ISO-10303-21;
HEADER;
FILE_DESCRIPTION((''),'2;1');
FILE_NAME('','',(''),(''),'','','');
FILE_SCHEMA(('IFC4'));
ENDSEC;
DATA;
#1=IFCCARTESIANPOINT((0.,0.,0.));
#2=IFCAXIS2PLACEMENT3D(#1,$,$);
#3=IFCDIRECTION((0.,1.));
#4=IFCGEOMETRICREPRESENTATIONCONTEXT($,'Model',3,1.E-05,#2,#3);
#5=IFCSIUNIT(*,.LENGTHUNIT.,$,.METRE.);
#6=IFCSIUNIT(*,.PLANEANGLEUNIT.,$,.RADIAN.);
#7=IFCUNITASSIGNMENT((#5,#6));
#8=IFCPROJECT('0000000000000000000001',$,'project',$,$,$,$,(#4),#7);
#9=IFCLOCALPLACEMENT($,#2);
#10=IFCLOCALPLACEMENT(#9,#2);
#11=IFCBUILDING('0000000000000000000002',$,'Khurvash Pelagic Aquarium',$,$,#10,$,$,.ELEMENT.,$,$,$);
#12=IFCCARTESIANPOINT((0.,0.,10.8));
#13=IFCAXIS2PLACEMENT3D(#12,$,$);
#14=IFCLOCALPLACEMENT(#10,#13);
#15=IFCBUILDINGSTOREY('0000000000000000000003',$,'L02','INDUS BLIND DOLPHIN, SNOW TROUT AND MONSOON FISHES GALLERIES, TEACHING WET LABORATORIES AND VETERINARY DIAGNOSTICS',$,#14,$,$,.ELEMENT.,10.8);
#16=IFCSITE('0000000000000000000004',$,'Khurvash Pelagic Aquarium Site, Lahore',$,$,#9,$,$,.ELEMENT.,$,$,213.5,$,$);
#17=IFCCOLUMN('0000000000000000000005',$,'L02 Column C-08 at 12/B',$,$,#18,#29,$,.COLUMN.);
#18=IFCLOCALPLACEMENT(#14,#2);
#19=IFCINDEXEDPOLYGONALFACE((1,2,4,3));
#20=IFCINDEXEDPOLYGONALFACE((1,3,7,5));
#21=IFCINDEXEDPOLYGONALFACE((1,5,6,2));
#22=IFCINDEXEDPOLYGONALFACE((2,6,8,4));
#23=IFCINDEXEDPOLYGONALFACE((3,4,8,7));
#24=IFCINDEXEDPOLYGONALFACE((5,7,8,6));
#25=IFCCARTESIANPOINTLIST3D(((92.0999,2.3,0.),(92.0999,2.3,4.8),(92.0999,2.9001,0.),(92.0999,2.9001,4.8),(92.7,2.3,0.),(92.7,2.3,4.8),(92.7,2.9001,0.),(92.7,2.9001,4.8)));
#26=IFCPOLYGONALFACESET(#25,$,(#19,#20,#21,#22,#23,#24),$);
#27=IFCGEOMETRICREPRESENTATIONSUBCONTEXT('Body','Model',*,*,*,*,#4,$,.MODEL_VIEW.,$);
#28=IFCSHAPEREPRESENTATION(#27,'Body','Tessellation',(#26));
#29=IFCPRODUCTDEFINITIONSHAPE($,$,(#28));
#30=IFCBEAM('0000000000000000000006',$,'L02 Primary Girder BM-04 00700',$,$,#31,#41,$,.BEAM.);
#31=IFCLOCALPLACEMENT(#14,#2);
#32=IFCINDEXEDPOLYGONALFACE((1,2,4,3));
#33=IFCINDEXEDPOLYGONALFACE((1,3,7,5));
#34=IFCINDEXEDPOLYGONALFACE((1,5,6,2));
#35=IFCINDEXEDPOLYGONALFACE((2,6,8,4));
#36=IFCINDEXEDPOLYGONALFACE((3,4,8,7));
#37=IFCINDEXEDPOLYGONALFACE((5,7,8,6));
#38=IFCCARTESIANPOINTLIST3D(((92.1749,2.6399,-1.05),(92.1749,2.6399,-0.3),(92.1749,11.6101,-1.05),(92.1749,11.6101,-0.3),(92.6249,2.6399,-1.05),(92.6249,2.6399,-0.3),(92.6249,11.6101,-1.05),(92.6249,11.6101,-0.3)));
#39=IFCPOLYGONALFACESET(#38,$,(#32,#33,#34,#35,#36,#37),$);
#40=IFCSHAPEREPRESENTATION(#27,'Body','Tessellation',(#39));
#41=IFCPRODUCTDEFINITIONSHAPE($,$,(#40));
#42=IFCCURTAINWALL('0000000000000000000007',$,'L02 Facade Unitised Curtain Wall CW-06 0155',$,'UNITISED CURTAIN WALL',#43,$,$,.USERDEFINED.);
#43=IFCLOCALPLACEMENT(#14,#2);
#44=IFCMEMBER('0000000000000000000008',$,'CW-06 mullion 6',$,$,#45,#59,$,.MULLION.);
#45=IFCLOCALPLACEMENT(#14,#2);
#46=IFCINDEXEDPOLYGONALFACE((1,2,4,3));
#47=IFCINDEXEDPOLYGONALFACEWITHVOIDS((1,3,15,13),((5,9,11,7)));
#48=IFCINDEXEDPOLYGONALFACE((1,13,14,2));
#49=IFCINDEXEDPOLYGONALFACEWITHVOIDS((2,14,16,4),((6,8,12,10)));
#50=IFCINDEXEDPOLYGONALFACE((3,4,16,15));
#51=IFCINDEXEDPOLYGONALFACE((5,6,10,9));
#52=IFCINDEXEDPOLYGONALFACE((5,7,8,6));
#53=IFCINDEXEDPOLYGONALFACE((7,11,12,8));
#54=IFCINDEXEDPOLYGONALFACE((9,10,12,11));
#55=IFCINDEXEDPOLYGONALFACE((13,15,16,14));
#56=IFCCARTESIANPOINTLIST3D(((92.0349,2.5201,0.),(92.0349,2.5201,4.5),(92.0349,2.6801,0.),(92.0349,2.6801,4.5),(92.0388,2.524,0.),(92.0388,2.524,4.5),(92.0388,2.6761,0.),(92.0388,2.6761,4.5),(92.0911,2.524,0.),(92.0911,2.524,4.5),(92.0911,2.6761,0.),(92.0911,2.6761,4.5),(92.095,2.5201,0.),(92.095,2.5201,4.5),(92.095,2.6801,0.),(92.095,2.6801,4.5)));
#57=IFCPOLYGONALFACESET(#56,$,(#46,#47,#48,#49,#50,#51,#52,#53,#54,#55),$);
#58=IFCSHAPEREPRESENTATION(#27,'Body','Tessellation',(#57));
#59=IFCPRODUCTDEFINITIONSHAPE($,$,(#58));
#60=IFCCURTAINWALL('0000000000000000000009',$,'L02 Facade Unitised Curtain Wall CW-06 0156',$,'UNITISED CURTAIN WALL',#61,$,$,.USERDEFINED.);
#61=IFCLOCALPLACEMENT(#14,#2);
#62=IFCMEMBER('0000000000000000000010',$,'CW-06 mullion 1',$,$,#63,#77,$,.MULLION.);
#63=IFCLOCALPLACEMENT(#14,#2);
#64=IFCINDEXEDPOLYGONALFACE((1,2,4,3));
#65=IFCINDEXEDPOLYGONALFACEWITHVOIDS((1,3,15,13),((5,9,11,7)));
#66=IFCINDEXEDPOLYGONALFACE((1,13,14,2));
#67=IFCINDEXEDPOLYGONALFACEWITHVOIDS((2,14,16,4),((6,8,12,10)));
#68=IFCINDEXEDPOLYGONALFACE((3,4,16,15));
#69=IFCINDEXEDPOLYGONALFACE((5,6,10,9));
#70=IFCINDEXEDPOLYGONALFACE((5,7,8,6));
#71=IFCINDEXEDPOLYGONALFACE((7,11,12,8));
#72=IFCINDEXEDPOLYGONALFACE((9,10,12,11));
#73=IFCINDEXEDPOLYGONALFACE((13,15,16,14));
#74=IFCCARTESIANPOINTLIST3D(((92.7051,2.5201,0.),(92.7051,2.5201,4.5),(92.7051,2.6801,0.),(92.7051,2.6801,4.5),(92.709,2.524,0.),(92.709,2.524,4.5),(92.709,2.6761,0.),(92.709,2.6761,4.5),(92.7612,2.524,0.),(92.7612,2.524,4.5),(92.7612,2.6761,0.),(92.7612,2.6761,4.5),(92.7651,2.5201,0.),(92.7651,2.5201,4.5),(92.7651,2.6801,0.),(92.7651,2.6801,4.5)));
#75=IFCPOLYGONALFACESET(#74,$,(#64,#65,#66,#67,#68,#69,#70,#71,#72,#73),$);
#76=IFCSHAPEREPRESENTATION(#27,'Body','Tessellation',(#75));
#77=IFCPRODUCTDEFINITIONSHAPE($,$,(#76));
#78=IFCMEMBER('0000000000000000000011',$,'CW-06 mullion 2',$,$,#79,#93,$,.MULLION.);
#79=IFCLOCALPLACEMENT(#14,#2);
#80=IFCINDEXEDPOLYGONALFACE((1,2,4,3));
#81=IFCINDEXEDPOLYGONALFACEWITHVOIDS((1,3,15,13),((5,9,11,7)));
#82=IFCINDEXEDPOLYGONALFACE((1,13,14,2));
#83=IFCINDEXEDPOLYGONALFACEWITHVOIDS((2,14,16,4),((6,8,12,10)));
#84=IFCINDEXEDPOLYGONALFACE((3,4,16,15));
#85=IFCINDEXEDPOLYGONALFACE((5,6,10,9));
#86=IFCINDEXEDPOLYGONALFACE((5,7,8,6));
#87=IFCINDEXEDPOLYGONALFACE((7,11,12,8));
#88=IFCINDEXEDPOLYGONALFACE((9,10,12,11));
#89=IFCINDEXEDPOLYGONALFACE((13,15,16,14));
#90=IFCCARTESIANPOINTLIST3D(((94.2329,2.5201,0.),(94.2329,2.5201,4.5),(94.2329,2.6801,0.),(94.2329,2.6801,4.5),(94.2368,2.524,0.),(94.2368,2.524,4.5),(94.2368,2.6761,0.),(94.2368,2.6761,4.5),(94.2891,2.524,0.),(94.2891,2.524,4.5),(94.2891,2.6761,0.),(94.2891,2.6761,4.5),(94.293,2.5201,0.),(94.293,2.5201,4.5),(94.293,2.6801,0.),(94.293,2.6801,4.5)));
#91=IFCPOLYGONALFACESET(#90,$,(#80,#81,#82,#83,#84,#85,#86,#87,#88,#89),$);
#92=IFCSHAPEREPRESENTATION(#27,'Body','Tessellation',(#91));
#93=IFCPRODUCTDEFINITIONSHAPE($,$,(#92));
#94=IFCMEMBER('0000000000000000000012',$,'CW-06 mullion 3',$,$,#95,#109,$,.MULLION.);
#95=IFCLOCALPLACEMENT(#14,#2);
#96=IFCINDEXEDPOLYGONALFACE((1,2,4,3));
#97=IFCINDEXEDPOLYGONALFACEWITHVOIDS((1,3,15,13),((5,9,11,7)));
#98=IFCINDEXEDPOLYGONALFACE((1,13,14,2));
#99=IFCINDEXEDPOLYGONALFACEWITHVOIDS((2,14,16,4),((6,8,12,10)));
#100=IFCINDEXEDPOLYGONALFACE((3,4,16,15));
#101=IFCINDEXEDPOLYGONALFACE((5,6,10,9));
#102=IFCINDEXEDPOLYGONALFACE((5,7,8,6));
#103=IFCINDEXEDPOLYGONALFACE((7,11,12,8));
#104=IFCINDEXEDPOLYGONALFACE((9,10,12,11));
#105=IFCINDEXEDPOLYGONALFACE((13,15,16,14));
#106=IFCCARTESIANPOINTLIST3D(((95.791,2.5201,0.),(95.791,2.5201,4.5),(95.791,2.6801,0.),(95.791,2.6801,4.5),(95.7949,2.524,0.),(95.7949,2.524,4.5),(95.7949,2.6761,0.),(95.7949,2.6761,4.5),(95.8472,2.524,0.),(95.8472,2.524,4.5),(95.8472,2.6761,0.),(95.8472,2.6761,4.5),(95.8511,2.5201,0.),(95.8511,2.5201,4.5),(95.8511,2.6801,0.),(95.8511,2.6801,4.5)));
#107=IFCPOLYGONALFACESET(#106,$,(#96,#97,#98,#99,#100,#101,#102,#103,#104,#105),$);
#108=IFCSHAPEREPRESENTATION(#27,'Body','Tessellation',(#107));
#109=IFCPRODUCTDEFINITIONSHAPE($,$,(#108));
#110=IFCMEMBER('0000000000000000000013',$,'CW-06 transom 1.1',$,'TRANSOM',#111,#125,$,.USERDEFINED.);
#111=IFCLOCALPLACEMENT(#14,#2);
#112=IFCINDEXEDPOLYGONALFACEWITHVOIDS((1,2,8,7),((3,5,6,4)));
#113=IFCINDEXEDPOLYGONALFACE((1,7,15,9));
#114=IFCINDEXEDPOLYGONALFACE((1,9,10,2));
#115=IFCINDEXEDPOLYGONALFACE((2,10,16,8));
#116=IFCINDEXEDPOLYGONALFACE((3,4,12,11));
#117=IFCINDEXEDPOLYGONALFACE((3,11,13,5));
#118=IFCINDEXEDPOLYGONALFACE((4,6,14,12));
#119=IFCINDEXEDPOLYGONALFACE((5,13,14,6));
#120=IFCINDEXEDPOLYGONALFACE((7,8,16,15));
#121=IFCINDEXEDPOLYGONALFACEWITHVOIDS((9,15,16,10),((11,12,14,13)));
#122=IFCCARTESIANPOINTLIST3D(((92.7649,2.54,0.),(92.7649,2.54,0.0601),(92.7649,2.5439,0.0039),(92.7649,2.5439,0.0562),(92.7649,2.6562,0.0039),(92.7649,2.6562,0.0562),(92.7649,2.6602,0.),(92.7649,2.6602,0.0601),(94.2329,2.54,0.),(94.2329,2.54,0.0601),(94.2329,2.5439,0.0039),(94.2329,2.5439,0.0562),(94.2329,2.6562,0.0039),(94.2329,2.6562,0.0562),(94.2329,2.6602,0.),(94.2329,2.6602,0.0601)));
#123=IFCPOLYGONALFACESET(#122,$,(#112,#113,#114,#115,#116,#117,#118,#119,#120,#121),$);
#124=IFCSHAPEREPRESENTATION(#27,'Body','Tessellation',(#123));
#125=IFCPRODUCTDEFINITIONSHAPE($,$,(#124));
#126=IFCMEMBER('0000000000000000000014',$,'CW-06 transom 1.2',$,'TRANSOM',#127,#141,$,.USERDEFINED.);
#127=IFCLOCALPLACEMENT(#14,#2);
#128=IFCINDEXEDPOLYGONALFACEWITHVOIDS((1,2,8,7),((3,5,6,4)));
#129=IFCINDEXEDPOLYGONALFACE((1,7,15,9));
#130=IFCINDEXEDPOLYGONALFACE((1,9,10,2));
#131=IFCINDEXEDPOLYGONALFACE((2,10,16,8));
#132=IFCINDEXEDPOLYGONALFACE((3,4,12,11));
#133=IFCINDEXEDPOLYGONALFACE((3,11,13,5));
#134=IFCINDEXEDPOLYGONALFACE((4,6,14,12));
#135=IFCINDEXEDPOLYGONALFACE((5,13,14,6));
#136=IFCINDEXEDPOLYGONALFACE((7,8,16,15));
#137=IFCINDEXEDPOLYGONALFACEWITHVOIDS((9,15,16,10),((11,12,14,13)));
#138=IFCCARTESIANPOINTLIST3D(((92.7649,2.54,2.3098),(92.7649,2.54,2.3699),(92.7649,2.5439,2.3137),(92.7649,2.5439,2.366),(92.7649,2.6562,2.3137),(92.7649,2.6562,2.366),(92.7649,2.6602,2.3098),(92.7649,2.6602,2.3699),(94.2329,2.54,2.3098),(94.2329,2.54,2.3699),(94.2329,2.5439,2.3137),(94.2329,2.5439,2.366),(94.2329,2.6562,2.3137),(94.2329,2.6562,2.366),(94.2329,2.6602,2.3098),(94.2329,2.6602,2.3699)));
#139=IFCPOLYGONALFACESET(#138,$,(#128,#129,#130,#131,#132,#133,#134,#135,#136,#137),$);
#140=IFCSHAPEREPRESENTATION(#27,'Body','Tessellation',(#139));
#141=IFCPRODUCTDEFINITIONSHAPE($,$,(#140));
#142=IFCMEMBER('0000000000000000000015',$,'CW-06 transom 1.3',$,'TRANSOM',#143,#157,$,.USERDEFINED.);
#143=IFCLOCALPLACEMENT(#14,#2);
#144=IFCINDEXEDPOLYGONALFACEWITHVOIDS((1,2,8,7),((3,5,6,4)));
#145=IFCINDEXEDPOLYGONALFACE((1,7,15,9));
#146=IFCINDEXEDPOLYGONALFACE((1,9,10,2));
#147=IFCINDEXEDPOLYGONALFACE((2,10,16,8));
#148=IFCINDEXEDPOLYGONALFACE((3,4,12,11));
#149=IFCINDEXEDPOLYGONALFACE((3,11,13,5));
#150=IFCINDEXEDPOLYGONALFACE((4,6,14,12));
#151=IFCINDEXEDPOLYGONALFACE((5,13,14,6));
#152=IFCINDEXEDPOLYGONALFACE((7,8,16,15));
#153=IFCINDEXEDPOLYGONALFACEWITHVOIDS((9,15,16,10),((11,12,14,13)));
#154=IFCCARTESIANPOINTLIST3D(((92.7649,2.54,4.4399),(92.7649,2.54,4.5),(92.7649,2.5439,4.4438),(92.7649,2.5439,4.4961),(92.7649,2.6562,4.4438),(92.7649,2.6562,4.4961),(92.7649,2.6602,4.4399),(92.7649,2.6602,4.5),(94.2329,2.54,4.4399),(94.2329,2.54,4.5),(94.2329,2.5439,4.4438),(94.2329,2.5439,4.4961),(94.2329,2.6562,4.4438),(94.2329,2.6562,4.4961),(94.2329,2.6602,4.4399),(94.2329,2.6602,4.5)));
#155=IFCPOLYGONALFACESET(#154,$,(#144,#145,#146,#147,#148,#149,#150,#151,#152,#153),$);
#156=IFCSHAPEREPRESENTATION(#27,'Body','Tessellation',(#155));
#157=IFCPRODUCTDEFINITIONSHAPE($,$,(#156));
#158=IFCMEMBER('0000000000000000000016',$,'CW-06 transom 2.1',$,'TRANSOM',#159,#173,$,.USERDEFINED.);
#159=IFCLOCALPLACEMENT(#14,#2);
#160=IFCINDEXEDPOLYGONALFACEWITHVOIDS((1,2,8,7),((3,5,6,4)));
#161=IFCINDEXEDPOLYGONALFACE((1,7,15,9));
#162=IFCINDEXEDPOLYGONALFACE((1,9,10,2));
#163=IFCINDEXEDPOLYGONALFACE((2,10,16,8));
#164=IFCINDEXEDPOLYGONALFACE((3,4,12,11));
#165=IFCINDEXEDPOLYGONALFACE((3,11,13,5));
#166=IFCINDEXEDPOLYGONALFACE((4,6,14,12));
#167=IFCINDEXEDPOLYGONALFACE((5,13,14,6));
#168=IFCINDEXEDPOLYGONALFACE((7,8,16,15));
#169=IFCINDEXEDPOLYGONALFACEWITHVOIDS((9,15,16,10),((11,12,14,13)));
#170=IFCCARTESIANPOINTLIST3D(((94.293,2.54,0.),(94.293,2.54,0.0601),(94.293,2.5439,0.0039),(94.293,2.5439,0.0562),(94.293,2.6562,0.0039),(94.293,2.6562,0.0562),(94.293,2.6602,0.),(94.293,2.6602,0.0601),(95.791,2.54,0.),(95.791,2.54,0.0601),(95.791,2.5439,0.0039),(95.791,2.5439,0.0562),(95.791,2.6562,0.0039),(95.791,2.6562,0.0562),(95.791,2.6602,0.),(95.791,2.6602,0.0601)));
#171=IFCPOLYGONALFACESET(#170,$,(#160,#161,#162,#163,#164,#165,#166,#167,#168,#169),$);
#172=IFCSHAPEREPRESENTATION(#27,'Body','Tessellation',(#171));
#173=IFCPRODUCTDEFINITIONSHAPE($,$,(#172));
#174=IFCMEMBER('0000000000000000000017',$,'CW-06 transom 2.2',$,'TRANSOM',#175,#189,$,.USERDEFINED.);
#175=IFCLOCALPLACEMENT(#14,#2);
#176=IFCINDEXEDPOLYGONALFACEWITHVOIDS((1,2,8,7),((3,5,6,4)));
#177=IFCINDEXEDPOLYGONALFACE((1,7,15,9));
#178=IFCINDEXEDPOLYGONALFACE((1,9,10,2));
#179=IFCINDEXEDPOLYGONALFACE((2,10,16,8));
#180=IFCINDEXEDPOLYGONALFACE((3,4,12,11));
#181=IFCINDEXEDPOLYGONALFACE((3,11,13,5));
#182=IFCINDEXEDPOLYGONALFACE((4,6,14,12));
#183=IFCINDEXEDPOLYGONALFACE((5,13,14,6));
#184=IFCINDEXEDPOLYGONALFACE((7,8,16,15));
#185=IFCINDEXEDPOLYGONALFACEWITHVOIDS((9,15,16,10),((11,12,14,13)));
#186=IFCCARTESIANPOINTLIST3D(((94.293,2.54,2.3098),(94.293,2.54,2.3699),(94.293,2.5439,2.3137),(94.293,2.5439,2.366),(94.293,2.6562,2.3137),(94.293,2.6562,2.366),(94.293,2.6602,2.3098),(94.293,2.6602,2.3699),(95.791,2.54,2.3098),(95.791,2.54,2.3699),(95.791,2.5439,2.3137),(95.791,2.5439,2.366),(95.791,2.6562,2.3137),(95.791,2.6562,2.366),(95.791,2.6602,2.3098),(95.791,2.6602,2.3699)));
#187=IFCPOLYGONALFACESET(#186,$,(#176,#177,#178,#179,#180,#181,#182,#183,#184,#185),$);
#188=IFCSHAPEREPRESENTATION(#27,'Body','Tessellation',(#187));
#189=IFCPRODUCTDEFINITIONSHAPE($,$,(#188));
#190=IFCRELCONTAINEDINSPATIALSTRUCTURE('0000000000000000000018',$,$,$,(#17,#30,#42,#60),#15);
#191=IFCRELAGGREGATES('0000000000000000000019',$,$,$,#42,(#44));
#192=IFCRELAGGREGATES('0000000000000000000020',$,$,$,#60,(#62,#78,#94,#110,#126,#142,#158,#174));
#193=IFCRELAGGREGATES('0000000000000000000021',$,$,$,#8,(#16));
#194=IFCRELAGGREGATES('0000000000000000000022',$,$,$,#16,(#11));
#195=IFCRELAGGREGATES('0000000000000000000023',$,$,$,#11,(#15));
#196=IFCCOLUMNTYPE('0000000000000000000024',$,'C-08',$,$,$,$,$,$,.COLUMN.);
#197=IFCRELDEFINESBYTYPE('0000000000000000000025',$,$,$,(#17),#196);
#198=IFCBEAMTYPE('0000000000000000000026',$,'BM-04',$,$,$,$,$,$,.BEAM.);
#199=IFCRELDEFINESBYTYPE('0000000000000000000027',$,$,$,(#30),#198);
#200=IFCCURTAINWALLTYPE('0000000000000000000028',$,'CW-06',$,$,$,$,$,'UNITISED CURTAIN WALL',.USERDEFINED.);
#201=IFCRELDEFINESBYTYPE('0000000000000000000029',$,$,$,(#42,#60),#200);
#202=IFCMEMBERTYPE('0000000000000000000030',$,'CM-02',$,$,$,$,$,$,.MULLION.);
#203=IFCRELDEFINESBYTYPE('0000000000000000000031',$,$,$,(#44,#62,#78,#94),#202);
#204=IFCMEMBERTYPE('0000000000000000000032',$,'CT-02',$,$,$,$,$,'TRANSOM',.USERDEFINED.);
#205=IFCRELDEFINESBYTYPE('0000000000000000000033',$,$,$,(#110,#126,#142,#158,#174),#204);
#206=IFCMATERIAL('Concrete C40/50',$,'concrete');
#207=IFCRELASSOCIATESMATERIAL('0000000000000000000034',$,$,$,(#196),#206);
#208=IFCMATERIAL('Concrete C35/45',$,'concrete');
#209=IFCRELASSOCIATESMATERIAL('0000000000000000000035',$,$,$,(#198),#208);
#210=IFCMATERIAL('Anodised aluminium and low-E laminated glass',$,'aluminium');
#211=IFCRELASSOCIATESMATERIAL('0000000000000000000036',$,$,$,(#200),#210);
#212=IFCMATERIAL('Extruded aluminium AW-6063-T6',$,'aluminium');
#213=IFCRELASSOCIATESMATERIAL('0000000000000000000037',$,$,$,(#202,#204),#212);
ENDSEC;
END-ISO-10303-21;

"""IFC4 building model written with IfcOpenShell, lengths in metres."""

from ifc_helpers import new_model, si_unit, direction, frame, origin, origin_2d, place, context, subcontext, project, spatial, rectangle, hollow_rectangle, extrude, material, material_profile, profile_set, type_object, element, aggregate, save


model = new_model("IFC4")

# Units and contexts
model_context = context("Model", 3, precision=1e-05, world=origin(), true_north=direction((0.0, 1.0)))
body_context = subcontext(model_context, "Body", "Model", "MODEL_VIEW")
ifc_project = project(units=[si_unit("LENGTHUNIT", "METRE"), si_unit("PLANEANGLEUNIT", "RADIAN")], contexts=[model_context])

# Site, building, storey
site_placement = place(None, origin())
site = spatial("IfcSite", under=ifc_project, at=site_placement, Name="Khurvash Pelagic Aquarium Site, Lahore", CompositionType="ELEMENT", RefElevation=213.5)
building_placement = place(site_placement, origin())
building = spatial("IfcBuilding", under=site, at=building_placement, Name="Khurvash Pelagic Aquarium", CompositionType="ELEMENT")
storey_placement = place(building_placement, frame((0.0, 0.0, 10.8)))
storey = spatial("IfcBuildingStorey", under=building, at=storey_placement, Name="L02", Description="INDUS BLIND DOLPHIN, SNOW TROUT AND MONSOON FISHES GALLERIES, TEACHING WET LABORATORIES AND VETERINARY DIAGNOSTICS", CompositionType="ELEMENT", Elevation=10.8)

# Column
ifc_material_1 = material(Name="Concrete C40/50", Category="concrete")
ifc_material_profile_1 = material_profile(ifc_material_1, rectangle(XDim=0.6001, YDim=0.6001, at=origin_2d()), Name="RC600X600")
ifc_profile_set_1 = profile_set([ifc_material_profile_1], Name="Concrete C40/50")
column_type = type_object("IfcColumnType", Name="C-08", PredefinedType="COLUMN", material=ifc_profile_set_1)
column_placement = place(storey_placement, frame((92.3999, 2.6001, 0.0), z_axis=(0.0, 0.0, 1.0), x_axis=(1.0, 0.0, 0.0)))
element("IfcColumn", 1, at=column_placement, inside=storey, type_object=column_type, Name="L02 Column C-08 at 12/B", PredefinedType="COLUMN", context=body_context, shape_type="SweptSolid", body=[
    extrude(rectangle(XDim=0.6001, YDim=0.6001, at=origin_2d()), origin(), (0.0, 0.0, 1.0), 4.8),
])

# Beam
ifc_material_2 = material(Name="Concrete C35/45", Category="concrete")
ifc_material_profile_2 = material_profile(ifc_material_2, rectangle(XDim=0.45, YDim=0.75, at=origin_2d()), Name="RC450X750")
ifc_profile_set_2 = profile_set([ifc_material_profile_2], Name="Concrete C35/45")
beam_type_1 = type_object("IfcBeamType", Name="BM-04", PredefinedType="BEAM", material=ifc_profile_set_2)
beam_1_placement = place(storey_placement, frame((92.3999, 2.6399, -0.675), z_axis=(0.0, 1.0, 0.0), x_axis=(-1.0, 0.0, 0.0)))
element("IfcBeam", 2, at=beam_1_placement, inside=storey, type_object=beam_type_1, Name="L02 Primary Girder BM-04 00700", PredefinedType="BEAM", context=body_context, shape_type="SweptSolid", body=[
    extrude(rectangle(XDim=0.45, YDim=0.75, at=origin_2d()), origin(), (0.0, 0.0, 1.0), 8.9702),
])

# Curtain wall, member
ifc_material_3 = material(Name="Anodised aluminium and low-E laminated glass", Category="aluminium")
curtain_wall_type = type_object("IfcCurtainWallType", Name="CW-06", ElementType="UNITISED CURTAIN WALL", PredefinedType="USERDEFINED", material=ifc_material_3)
curtain_wall_1_placement = place(storey_placement, origin())
curtain_wall_1 = element("IfcCurtainWall", 3, at=curtain_wall_1_placement, inside=storey, type_object=curtain_wall_type, Name="L02 Facade Unitised Curtain Wall CW-06 0155", ObjectType="UNITISED CURTAIN WALL", PredefinedType="USERDEFINED")
ifc_material_4 = material(Name="Extruded aluminium AW-6063-T6", Category="aluminium")
ifc_material_profile_3 = material_profile(ifc_material_4, hollow_rectangle(XDim=0.0601, YDim=0.1599, WallThickness=0.0039, at=origin_2d()), Name="CWM60X160X4")
ifc_profile_set_3 = profile_set([ifc_material_profile_3], Name="Extruded aluminium AW-6063-T6")
member_type_1 = type_object("IfcMemberType", Name="CM-02", PredefinedType="MULLION", material=ifc_profile_set_3)
member_1_placement = place(storey_placement, frame((92.0649, 2.6001, 0.0), z_axis=(0.0, 0.0, 1.0), x_axis=(1.0, 0.0, 0.0)))
member_1 = element("IfcMember", 4, at=member_1_placement, type_object=member_type_1, Name="CW-06 mullion 6", PredefinedType="MULLION", context=body_context, shape_type="SweptSolid", body=[
    extrude(hollow_rectangle(XDim=0.0601, YDim=0.1599, WallThickness=0.0039, at=origin_2d()), origin(), (0.0, 0.0, 1.0), 4.5),
])
aggregate(curtain_wall_1, [member_1])

# Curtain wall, members
curtain_wall_2_placement = place(storey_placement, origin())
curtain_wall_2 = element("IfcCurtainWall", 5, at=curtain_wall_2_placement, inside=storey, type_object=curtain_wall_type, Name="L02 Facade Unitised Curtain Wall CW-06 0156", ObjectType="UNITISED CURTAIN WALL", PredefinedType="USERDEFINED")
member_2_placement = place(storey_placement, frame((92.7351, 2.6001, 0.0), z_axis=(0.0, 0.0, 1.0), x_axis=(1.0, 0.0, 0.0)))
member_2 = element("IfcMember", 6, at=member_2_placement, type_object=member_type_1, Name="CW-06 mullion 1", PredefinedType="MULLION", context=body_context, shape_type="SweptSolid", body=[
    extrude(hollow_rectangle(XDim=0.0601, YDim=0.1599, WallThickness=0.0039, at=origin_2d()), origin(), (0.0, 0.0, 1.0), 4.5),
])
member_3_placement = place(storey_placement, frame((94.2629, 2.6001, 0.0), z_axis=(0.0, 0.0, 1.0), x_axis=(1.0, 0.0, 0.0)))
member_3 = element("IfcMember", 7, at=member_3_placement, type_object=member_type_1, Name="CW-06 mullion 2", PredefinedType="MULLION", context=body_context, shape_type="SweptSolid", body=[
    extrude(hollow_rectangle(XDim=0.0601, YDim=0.1599, WallThickness=0.0039, at=origin_2d()), origin(), (0.0, 0.0, 1.0), 4.5),
])
member_4_placement = place(storey_placement, frame((95.821, 2.6001, 0.0), z_axis=(0.0, 0.0, 1.0), x_axis=(1.0, 0.0, 0.0)))
member_4 = element("IfcMember", 8, at=member_4_placement, type_object=member_type_1, Name="CW-06 mullion 3", PredefinedType="MULLION", context=body_context, shape_type="SweptSolid", body=[
    extrude(hollow_rectangle(XDim=0.0601, YDim=0.1599, WallThickness=0.0039, at=origin_2d()), origin(), (0.0, 0.0, 1.0), 4.5),
])
ifc_material_profile_4 = material_profile(ifc_material_4, hollow_rectangle(XDim=0.1201, YDim=0.0601, WallThickness=0.0039, at=origin_2d()), Name="CWT120X60X4")
ifc_profile_set_4 = profile_set([ifc_material_profile_4], Name="Extruded aluminium AW-6063-T6")
member_type_2 = type_object("IfcMemberType", Name="CT-02", ElementType="TRANSOM", PredefinedType="USERDEFINED", material=ifc_profile_set_4)
member_5_placement = place(storey_placement, frame((92.7649, 2.6001, 0.03), z_axis=(1.0, 0.0, 0.0), x_axis=(0.0, 1.0, 0.0)))
member_5 = element("IfcMember", 9, at=member_5_placement, type_object=member_type_2, Name="CW-06 transom 1.1", ObjectType="TRANSOM", PredefinedType="USERDEFINED", context=body_context, shape_type="SweptSolid", body=[
    extrude(hollow_rectangle(XDim=0.1201, YDim=0.0601, WallThickness=0.0039, at=origin_2d()), origin(), (0.0, 0.0, 1.0), 1.468),
])
member_6_placement = place(storey_placement, frame((92.7649, 2.6001, 2.3398), z_axis=(1.0, 0.0, 0.0), x_axis=(0.0, 1.0, 0.0)))
member_6 = element("IfcMember", 10, at=member_6_placement, type_object=member_type_2, Name="CW-06 transom 1.2", ObjectType="TRANSOM", PredefinedType="USERDEFINED", context=body_context, shape_type="SweptSolid", body=[
    extrude(hollow_rectangle(XDim=0.1201, YDim=0.0601, WallThickness=0.0039, at=origin_2d()), origin(), (0.0, 0.0, 1.0), 1.468),
])
member_7_placement = place(storey_placement, frame((92.7649, 2.6001, 4.47), z_axis=(1.0, 0.0, 0.0), x_axis=(0.0, 1.0, 0.0)))
member_7 = element("IfcMember", 11, at=member_7_placement, type_object=member_type_2, Name="CW-06 transom 1.3", ObjectType="TRANSOM", PredefinedType="USERDEFINED", context=body_context, shape_type="SweptSolid", body=[
    extrude(hollow_rectangle(XDim=0.1201, YDim=0.0601, WallThickness=0.0039, at=origin_2d()), origin(), (0.0, 0.0, 1.0), 1.468),
])
member_8_placement = place(storey_placement, frame((94.293, 2.6001, 0.03), z_axis=(1.0, 0.0, 0.0), x_axis=(0.0, 1.0, 0.0)))
member_8 = element("IfcMember", 12, at=member_8_placement, type_object=member_type_2, Name="CW-06 transom 2.1", ObjectType="TRANSOM", PredefinedType="USERDEFINED", context=body_context, shape_type="SweptSolid", body=[
    extrude(hollow_rectangle(XDim=0.1201, YDim=0.0601, WallThickness=0.0039, at=origin_2d()), origin(), (0.0, 0.0, 1.0), 1.498),
])
member_9_placement = place(storey_placement, frame((94.293, 2.6001, 2.3398), z_axis=(1.0, 0.0, 0.0), x_axis=(0.0, 1.0, 0.0)))
member_9 = element("IfcMember", 13, at=member_9_placement, type_object=member_type_2, Name="CW-06 transom 2.2", ObjectType="TRANSOM", PredefinedType="USERDEFINED", context=body_context, shape_type="SweptSolid", body=[
    extrude(hollow_rectangle(XDim=0.1201, YDim=0.0601, WallThickness=0.0039, at=origin_2d()), origin(), (0.0, 0.0, 1.0), 1.498),
])

aggregate(curtain_wall_2, [member_2, member_3, member_4, member_5, member_6, member_7, member_8, member_9])

save(model, "model.ifc")
